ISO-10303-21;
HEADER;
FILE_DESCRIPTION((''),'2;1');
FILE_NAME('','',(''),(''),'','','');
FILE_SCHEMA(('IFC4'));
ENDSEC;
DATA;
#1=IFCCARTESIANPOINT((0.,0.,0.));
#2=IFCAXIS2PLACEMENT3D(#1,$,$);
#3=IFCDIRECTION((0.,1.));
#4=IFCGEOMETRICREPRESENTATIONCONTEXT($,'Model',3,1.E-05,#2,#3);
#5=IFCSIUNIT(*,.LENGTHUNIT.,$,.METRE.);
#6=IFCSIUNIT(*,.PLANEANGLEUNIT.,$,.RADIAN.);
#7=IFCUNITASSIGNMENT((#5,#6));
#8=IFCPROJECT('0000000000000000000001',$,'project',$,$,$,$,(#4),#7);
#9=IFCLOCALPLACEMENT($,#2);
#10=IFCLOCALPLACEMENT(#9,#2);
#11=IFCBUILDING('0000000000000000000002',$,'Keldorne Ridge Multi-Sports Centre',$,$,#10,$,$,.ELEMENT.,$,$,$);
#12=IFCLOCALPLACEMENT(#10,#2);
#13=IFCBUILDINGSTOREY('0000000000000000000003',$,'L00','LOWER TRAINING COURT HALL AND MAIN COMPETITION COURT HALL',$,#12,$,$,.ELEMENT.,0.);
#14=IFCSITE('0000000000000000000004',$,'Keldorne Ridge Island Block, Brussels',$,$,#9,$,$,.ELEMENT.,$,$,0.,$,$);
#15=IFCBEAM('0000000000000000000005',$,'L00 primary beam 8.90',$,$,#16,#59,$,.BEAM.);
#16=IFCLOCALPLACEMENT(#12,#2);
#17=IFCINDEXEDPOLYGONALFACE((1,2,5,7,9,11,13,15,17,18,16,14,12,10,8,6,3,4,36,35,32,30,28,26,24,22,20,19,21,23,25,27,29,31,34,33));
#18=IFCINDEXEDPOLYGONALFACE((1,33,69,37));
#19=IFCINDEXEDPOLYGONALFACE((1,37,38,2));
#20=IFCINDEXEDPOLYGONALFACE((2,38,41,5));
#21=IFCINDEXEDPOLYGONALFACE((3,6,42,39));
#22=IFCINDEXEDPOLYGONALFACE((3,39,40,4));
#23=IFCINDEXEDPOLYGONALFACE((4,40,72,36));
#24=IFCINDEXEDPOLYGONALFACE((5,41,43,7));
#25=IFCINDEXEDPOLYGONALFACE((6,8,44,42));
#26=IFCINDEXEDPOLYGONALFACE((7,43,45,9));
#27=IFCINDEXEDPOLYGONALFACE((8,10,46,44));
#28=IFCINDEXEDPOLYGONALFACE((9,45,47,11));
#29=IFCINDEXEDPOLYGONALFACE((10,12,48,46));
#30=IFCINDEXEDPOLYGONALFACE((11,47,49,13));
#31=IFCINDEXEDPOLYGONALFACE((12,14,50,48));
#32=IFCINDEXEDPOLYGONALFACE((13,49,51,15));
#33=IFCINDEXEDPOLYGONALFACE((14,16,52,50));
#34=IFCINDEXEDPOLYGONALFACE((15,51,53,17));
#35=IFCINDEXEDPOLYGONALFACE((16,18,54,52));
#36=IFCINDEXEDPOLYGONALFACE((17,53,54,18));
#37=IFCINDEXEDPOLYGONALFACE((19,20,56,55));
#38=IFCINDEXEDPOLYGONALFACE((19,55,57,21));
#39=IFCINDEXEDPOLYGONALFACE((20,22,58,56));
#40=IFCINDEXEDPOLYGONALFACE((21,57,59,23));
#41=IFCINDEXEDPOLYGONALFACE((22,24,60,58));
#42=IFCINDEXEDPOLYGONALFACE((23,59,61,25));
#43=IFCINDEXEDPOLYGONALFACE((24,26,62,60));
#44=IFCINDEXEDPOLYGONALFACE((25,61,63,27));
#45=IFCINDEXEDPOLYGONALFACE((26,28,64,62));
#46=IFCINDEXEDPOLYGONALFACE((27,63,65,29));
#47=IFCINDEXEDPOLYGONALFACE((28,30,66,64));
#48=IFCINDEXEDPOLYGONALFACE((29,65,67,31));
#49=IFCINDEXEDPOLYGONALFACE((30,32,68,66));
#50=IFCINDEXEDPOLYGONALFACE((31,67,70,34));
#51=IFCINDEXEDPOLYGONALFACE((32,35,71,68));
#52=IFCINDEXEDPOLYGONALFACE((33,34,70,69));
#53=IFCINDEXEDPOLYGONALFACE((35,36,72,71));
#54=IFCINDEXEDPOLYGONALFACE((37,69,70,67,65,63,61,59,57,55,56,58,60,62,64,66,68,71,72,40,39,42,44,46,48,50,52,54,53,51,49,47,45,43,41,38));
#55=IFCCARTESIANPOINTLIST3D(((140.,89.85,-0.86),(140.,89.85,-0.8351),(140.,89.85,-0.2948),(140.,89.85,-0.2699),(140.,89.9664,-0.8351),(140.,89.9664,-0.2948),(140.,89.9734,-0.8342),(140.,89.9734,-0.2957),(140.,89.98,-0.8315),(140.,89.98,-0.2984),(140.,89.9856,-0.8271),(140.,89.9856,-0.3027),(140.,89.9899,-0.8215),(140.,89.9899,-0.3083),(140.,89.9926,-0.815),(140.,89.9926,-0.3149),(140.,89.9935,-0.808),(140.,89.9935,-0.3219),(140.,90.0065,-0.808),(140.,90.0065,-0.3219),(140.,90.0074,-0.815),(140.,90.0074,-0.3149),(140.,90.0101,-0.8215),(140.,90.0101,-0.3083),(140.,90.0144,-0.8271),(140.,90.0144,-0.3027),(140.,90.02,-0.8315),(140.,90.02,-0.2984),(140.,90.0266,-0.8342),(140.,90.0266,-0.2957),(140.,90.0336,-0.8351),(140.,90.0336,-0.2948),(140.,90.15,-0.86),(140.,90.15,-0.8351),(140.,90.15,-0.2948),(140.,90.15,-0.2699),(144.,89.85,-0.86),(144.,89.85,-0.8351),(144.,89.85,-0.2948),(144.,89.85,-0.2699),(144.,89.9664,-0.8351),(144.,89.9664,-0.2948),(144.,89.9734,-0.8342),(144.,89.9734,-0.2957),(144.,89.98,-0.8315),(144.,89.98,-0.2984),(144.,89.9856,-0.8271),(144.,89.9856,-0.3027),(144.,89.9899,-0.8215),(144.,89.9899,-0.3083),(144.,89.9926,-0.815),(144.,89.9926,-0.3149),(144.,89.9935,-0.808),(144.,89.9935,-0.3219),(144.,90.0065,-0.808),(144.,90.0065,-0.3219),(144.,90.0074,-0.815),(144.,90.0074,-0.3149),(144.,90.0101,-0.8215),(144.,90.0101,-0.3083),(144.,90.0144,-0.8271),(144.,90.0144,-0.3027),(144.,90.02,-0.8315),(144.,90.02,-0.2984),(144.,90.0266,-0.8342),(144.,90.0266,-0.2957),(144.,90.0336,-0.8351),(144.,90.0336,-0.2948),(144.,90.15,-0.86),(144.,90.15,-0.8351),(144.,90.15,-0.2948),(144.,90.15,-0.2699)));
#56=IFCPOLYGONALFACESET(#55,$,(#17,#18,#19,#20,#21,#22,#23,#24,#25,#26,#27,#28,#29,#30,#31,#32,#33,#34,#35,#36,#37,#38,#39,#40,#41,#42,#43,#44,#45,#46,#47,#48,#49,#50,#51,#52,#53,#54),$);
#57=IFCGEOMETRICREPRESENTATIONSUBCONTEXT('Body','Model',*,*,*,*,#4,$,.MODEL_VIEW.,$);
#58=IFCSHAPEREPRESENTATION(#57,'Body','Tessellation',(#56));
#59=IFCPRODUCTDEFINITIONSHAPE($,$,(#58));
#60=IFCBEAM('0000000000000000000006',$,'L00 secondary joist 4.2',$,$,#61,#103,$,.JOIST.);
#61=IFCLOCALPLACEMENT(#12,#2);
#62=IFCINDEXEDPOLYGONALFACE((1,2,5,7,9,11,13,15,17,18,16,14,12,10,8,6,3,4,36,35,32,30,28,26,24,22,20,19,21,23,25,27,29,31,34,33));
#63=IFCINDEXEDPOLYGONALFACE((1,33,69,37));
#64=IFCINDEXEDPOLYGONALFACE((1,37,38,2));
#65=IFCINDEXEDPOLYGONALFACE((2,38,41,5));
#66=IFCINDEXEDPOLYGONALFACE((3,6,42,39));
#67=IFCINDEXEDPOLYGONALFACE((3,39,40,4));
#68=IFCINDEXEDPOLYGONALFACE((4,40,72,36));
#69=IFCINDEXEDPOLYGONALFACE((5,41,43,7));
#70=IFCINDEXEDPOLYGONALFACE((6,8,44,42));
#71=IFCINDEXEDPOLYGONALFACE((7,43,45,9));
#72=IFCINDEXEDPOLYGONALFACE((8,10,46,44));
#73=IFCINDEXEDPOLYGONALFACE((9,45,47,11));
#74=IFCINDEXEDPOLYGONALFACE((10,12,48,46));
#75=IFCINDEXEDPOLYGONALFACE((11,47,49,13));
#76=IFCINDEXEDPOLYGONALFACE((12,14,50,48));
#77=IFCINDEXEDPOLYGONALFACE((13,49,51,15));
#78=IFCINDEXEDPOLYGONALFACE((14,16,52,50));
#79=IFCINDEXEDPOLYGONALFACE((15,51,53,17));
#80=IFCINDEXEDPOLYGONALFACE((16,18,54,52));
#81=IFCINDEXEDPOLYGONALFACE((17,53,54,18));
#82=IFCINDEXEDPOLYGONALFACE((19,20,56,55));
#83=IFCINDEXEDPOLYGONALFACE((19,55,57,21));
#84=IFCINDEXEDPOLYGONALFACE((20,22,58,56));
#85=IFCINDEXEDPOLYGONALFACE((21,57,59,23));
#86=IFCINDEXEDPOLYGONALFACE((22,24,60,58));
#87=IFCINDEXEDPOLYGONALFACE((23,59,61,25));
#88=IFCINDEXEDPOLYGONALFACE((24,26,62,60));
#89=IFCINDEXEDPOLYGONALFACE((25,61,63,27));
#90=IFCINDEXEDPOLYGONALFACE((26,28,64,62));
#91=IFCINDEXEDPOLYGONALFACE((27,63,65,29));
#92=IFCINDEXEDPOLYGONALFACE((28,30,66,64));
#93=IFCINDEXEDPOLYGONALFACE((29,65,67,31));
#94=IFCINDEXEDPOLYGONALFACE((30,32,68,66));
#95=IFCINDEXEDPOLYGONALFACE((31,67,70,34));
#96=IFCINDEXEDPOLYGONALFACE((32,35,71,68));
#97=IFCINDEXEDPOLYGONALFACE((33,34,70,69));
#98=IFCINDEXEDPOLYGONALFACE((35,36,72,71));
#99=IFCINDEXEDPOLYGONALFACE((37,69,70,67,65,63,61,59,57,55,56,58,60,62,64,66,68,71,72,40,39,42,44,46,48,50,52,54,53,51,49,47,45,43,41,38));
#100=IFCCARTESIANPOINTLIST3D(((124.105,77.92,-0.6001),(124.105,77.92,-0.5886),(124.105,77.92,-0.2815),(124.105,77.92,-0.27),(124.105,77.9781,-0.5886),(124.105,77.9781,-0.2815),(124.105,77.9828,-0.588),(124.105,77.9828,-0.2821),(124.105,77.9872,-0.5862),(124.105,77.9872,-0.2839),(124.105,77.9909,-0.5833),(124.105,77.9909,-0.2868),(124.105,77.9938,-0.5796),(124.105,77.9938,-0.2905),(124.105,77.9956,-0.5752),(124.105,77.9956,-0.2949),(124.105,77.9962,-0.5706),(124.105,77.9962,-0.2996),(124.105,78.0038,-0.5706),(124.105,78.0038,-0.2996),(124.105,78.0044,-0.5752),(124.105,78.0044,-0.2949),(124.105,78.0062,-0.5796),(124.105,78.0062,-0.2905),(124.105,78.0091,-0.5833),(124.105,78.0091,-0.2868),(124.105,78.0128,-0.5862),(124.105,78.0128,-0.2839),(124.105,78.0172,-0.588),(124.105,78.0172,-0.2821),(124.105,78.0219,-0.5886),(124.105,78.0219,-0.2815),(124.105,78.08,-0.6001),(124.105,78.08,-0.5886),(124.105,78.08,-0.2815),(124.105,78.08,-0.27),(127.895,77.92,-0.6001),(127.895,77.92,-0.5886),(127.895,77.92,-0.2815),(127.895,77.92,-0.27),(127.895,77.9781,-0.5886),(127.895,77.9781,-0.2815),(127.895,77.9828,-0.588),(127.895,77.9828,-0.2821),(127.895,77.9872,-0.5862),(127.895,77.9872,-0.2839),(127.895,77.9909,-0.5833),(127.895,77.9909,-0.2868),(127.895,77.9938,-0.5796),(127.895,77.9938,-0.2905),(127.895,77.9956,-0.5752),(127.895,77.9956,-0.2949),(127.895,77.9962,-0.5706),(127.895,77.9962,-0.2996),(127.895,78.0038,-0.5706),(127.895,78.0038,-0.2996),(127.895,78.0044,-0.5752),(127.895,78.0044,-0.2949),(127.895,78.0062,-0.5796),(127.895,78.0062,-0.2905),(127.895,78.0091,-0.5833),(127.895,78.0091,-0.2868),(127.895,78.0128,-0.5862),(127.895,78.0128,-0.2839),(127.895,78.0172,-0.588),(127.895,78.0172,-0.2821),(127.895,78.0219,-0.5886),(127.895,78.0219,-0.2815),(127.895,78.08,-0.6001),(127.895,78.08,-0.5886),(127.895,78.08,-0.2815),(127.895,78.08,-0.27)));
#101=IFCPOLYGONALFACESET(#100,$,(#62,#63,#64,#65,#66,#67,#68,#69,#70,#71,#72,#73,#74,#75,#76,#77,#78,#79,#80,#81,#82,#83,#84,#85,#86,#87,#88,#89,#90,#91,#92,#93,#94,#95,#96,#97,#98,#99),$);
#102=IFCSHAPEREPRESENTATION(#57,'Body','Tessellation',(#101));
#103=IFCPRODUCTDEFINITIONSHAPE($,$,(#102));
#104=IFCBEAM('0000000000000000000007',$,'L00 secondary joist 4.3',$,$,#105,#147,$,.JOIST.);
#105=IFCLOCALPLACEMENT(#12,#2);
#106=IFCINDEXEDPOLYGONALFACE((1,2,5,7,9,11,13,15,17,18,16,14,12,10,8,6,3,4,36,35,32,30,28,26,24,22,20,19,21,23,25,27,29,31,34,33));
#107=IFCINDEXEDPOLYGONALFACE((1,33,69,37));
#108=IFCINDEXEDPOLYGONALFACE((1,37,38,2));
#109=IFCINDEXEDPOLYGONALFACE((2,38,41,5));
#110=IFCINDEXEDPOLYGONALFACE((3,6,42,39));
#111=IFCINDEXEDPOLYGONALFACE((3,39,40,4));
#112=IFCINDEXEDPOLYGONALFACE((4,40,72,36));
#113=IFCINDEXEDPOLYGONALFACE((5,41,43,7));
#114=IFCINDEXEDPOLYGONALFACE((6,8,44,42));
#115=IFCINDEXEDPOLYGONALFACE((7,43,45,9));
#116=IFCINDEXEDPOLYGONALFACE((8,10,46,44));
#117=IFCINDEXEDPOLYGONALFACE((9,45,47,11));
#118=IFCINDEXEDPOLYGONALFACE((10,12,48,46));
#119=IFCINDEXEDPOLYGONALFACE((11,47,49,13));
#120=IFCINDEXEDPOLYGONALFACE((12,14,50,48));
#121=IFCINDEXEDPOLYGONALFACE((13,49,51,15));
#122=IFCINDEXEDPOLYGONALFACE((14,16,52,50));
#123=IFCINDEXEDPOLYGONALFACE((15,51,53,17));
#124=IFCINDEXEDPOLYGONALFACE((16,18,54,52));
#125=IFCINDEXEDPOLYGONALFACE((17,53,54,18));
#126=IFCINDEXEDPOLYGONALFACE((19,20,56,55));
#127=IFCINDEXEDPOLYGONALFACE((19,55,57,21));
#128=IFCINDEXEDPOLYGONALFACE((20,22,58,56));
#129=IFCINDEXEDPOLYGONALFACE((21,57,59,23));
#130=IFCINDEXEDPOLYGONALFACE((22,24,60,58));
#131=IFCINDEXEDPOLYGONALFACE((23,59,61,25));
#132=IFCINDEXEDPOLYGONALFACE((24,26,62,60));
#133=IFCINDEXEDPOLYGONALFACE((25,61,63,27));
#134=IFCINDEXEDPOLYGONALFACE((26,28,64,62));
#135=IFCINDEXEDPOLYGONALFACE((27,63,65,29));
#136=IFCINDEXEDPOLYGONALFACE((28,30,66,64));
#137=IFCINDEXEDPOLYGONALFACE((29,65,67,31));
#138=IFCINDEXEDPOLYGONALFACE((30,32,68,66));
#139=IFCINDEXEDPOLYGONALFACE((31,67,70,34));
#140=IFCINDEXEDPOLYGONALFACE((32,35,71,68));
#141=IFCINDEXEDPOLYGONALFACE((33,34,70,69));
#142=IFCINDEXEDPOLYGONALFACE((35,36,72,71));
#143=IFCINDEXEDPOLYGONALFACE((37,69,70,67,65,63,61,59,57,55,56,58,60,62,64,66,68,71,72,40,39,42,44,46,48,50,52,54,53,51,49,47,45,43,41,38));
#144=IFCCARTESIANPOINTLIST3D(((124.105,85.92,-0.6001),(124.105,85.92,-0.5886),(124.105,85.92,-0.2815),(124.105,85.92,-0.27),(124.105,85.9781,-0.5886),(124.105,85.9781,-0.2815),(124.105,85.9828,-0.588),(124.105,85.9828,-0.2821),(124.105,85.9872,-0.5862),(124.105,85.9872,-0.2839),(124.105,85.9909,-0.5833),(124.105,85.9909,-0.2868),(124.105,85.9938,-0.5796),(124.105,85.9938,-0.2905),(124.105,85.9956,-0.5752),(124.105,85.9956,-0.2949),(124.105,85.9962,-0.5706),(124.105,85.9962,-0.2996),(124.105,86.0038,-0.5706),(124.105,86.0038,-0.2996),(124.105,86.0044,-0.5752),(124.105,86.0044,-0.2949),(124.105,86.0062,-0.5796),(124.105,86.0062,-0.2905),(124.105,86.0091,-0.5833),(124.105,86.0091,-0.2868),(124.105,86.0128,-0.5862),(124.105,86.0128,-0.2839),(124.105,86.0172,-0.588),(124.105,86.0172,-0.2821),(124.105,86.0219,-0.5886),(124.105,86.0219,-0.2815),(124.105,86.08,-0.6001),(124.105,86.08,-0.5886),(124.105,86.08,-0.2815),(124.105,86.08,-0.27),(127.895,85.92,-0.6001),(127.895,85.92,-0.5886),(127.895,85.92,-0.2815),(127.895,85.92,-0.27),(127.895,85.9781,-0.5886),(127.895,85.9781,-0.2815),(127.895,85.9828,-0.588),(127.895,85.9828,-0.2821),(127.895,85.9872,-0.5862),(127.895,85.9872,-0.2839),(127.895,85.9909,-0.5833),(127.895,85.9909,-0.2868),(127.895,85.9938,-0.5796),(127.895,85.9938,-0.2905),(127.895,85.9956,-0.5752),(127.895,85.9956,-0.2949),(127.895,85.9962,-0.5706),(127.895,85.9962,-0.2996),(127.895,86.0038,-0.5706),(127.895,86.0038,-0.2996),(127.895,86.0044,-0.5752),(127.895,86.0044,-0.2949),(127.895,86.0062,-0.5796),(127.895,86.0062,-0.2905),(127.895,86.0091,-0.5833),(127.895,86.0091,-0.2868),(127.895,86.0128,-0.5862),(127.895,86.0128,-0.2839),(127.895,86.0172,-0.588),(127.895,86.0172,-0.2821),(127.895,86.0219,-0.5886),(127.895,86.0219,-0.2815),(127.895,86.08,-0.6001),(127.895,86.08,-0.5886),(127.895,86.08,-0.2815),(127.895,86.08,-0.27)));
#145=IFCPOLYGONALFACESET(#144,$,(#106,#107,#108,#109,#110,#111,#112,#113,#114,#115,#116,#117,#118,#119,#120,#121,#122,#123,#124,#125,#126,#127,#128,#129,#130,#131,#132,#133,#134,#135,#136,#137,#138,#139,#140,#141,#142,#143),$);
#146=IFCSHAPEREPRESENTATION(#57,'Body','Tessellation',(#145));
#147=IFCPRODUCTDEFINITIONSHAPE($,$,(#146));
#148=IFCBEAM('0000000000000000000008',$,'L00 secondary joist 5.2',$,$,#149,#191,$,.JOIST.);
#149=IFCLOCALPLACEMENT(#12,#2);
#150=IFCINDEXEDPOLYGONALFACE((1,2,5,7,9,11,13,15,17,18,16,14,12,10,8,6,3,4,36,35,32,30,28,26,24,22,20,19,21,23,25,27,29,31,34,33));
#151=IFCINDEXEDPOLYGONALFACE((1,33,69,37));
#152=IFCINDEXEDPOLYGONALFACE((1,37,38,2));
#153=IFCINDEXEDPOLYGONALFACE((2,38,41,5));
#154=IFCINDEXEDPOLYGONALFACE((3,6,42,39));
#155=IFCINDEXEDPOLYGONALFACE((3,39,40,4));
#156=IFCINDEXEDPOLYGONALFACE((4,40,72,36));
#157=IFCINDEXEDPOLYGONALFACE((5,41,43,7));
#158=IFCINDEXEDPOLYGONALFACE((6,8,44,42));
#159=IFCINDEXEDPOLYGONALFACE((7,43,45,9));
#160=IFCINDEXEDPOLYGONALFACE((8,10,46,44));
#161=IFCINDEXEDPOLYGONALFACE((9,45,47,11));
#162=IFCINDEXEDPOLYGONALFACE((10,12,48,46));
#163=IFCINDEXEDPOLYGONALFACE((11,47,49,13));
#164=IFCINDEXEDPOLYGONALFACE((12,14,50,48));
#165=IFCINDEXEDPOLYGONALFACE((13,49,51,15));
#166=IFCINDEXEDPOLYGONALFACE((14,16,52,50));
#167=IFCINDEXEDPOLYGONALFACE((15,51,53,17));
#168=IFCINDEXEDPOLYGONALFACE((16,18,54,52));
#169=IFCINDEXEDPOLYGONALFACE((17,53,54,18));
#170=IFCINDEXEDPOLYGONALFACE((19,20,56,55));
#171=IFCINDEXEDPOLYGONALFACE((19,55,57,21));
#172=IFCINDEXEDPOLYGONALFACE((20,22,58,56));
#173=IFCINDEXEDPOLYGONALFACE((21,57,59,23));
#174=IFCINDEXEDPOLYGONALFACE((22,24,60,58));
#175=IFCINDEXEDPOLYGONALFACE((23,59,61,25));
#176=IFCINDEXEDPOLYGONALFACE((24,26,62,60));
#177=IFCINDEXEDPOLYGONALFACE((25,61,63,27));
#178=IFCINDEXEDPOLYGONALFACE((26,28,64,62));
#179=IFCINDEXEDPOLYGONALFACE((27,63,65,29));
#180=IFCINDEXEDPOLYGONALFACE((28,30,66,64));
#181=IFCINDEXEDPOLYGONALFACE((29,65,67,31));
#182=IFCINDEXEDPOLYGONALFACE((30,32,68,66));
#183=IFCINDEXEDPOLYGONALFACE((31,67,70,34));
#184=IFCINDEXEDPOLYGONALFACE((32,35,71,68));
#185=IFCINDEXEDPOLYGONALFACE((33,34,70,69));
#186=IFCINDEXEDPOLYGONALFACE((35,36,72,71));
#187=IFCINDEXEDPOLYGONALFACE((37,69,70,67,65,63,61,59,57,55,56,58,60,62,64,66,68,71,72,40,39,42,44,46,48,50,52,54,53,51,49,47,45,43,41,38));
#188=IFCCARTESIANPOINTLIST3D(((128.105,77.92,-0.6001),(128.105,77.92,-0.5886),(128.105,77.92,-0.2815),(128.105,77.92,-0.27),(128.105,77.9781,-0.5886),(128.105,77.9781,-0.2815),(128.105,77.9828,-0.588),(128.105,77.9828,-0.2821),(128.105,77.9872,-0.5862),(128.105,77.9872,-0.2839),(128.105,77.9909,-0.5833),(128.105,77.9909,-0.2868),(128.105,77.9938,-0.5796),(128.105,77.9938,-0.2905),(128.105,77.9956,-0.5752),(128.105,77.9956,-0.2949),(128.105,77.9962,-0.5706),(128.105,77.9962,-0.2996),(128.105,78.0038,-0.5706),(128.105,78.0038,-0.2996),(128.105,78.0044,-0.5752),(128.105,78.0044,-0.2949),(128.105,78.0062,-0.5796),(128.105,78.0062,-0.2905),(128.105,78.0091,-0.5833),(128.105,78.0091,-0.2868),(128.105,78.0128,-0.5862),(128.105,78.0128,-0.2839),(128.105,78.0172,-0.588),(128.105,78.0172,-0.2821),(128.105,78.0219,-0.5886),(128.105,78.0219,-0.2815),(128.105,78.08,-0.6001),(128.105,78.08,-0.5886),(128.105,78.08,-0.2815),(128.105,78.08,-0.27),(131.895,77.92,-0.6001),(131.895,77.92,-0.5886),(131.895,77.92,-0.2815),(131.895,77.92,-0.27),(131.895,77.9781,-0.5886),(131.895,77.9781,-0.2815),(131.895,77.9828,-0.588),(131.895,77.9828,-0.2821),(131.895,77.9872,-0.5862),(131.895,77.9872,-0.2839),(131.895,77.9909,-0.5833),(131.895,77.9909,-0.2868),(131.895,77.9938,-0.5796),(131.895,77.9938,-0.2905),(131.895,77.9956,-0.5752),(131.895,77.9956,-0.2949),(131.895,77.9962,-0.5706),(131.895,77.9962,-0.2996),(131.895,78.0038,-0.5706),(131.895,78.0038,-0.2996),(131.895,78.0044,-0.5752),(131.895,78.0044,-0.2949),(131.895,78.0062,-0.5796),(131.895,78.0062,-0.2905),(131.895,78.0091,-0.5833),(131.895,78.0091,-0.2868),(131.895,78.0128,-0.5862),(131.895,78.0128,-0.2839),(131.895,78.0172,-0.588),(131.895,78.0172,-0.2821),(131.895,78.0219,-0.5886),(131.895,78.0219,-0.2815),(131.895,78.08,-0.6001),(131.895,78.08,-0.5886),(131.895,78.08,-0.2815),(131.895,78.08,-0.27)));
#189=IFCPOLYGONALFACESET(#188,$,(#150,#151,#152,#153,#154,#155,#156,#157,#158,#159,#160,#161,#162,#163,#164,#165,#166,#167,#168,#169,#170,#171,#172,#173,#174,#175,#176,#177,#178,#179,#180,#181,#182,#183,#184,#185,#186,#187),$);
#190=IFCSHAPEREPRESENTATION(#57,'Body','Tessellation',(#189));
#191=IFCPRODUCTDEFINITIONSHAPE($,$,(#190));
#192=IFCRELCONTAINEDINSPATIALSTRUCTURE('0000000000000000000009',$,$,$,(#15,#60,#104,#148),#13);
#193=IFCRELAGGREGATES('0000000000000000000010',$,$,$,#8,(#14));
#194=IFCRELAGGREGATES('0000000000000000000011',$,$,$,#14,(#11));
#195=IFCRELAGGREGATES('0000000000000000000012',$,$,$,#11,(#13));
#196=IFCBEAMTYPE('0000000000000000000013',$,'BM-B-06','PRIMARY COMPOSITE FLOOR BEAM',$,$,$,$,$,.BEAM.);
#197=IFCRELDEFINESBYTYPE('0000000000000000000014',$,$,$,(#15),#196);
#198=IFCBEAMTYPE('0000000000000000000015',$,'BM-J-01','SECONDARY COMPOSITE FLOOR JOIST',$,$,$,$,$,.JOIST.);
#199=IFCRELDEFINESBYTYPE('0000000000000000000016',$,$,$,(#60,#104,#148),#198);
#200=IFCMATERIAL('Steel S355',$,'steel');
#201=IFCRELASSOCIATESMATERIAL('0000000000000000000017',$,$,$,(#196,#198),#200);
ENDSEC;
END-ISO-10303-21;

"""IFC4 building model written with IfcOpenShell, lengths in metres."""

from ifc_helpers import new_model, si_unit, direction, frame, origin, origin_2d, place, context, subcontext, project, spatial, i_section, extrude, material, material_profile, profile_set, type_object, element, save


model = new_model("IFC4")

# Units and contexts
model_context = context("Model", 3, precision=1e-05, world=origin(), true_north=direction((0.0, 1.0)))
body_context = subcontext(model_context, "Body", "Model", "MODEL_VIEW")
ifc_project = project(units=[si_unit("LENGTHUNIT", "METRE"), si_unit("PLANEANGLEUNIT", "RADIAN")], contexts=[model_context])

# Site, building, storey
site_placement = place(None, origin())
site = spatial("IfcSite", under=ifc_project, at=site_placement, Name="Keldorne Ridge Island Block, Brussels", CompositionType="ELEMENT", RefElevation=0.0)
building_placement = place(site_placement, origin())
building = spatial("IfcBuilding", under=site, at=building_placement, Name="Keldorne Ridge Multi-Sports Centre", CompositionType="ELEMENT")
storey_placement = place(building_placement, origin())
storey = spatial("IfcBuildingStorey", under=building, at=storey_placement, Name="L00", Description="LOWER TRAINING COURT HALL AND MAIN COMPETITION COURT HALL", CompositionType="ELEMENT", Elevation=0.0)

# Shared definitions
ifc_material_1 = material(Name="Steel S355", Category="steel")

# Beams
ifc_material_profile_1 = material_profile(ifc_material_1, i_section(OverallWidth=0.3, OverallDepth=0.5901, WebThickness=0.0129, FlangeThickness=0.0249, FilletRadius=0.0271, at=origin_2d()), Name="HEA 600")
ifc_profile_set_1 = profile_set([ifc_material_profile_1], Name="Steel S355")
beam_type_1 = type_object("IfcBeamType", Name="BM-B-06", Description="PRIMARY COMPOSITE FLOOR BEAM", PredefinedType="BEAM", material=ifc_profile_set_1)
for number, where, z_axis, x_axis, name in (
    (1, (140.0, 90.0, -0.5649), (1.0, 0.0, 0.0), (0.0, 1.0, 0.0), "L00 primary beam 8.90"),
):
    element("IfcBeam", number, at=place(storey_placement, frame(where, z_axis=z_axis, x_axis=x_axis)), inside=storey, type_object=beam_type_1, Name=name, PredefinedType="BEAM", context=body_context, shape_type="SweptSolid", body=[
        extrude(i_section(OverallWidth=0.3, OverallDepth=0.5901, WebThickness=0.0129, FlangeThickness=0.0249, FilletRadius=0.0271, at=origin_2d()), origin(), (0.0, 0.0, 1.0), 4.0),
    ])
ifc_material_profile_2 = material_profile(ifc_material_1, i_section(OverallWidth=0.1599, OverallDepth=0.3301, WebThickness=0.0076, FlangeThickness=0.0115, FilletRadius=0.0181, at=origin_2d()), Name="IPE 330")
ifc_profile_set_2 = profile_set([ifc_material_profile_2], Name="Steel S355")
beam_type_2 = type_object("IfcBeamType", Name="BM-J-01", Description="SECONDARY COMPOSITE FLOOR JOIST", PredefinedType="JOIST", material=ifc_profile_set_2)
for number, where, z_axis, x_axis, name in (
    (2, (124.105, 78.0, -0.4351), (1.0, 0.0, 0.0), (0.0, 1.0, 0.0), "L00 secondary joist 4.2"),
    (3, (124.105, 86.0, -0.4351), (1.0, 0.0, 0.0), (0.0, 1.0, 0.0), "L00 secondary joist 4.3"),
    (4, (128.105, 78.0, -0.4351), (1.0, 0.0, 0.0), (0.0, 1.0, 0.0), "L00 secondary joist 5.2"),
):
    element("IfcBeam", number, at=place(storey_placement, frame(where, z_axis=z_axis, x_axis=x_axis)), inside=storey, type_object=beam_type_2, Name=name, PredefinedType="JOIST", context=body_context, shape_type="SweptSolid", body=[
        extrude(i_section(OverallWidth=0.1599, OverallDepth=0.3301, WebThickness=0.0076, FlangeThickness=0.0115, FilletRadius=0.0181, at=origin_2d()), origin(), (0.0, 0.0, 1.0), 3.79),
    ])

save(model, "model.ifc")
